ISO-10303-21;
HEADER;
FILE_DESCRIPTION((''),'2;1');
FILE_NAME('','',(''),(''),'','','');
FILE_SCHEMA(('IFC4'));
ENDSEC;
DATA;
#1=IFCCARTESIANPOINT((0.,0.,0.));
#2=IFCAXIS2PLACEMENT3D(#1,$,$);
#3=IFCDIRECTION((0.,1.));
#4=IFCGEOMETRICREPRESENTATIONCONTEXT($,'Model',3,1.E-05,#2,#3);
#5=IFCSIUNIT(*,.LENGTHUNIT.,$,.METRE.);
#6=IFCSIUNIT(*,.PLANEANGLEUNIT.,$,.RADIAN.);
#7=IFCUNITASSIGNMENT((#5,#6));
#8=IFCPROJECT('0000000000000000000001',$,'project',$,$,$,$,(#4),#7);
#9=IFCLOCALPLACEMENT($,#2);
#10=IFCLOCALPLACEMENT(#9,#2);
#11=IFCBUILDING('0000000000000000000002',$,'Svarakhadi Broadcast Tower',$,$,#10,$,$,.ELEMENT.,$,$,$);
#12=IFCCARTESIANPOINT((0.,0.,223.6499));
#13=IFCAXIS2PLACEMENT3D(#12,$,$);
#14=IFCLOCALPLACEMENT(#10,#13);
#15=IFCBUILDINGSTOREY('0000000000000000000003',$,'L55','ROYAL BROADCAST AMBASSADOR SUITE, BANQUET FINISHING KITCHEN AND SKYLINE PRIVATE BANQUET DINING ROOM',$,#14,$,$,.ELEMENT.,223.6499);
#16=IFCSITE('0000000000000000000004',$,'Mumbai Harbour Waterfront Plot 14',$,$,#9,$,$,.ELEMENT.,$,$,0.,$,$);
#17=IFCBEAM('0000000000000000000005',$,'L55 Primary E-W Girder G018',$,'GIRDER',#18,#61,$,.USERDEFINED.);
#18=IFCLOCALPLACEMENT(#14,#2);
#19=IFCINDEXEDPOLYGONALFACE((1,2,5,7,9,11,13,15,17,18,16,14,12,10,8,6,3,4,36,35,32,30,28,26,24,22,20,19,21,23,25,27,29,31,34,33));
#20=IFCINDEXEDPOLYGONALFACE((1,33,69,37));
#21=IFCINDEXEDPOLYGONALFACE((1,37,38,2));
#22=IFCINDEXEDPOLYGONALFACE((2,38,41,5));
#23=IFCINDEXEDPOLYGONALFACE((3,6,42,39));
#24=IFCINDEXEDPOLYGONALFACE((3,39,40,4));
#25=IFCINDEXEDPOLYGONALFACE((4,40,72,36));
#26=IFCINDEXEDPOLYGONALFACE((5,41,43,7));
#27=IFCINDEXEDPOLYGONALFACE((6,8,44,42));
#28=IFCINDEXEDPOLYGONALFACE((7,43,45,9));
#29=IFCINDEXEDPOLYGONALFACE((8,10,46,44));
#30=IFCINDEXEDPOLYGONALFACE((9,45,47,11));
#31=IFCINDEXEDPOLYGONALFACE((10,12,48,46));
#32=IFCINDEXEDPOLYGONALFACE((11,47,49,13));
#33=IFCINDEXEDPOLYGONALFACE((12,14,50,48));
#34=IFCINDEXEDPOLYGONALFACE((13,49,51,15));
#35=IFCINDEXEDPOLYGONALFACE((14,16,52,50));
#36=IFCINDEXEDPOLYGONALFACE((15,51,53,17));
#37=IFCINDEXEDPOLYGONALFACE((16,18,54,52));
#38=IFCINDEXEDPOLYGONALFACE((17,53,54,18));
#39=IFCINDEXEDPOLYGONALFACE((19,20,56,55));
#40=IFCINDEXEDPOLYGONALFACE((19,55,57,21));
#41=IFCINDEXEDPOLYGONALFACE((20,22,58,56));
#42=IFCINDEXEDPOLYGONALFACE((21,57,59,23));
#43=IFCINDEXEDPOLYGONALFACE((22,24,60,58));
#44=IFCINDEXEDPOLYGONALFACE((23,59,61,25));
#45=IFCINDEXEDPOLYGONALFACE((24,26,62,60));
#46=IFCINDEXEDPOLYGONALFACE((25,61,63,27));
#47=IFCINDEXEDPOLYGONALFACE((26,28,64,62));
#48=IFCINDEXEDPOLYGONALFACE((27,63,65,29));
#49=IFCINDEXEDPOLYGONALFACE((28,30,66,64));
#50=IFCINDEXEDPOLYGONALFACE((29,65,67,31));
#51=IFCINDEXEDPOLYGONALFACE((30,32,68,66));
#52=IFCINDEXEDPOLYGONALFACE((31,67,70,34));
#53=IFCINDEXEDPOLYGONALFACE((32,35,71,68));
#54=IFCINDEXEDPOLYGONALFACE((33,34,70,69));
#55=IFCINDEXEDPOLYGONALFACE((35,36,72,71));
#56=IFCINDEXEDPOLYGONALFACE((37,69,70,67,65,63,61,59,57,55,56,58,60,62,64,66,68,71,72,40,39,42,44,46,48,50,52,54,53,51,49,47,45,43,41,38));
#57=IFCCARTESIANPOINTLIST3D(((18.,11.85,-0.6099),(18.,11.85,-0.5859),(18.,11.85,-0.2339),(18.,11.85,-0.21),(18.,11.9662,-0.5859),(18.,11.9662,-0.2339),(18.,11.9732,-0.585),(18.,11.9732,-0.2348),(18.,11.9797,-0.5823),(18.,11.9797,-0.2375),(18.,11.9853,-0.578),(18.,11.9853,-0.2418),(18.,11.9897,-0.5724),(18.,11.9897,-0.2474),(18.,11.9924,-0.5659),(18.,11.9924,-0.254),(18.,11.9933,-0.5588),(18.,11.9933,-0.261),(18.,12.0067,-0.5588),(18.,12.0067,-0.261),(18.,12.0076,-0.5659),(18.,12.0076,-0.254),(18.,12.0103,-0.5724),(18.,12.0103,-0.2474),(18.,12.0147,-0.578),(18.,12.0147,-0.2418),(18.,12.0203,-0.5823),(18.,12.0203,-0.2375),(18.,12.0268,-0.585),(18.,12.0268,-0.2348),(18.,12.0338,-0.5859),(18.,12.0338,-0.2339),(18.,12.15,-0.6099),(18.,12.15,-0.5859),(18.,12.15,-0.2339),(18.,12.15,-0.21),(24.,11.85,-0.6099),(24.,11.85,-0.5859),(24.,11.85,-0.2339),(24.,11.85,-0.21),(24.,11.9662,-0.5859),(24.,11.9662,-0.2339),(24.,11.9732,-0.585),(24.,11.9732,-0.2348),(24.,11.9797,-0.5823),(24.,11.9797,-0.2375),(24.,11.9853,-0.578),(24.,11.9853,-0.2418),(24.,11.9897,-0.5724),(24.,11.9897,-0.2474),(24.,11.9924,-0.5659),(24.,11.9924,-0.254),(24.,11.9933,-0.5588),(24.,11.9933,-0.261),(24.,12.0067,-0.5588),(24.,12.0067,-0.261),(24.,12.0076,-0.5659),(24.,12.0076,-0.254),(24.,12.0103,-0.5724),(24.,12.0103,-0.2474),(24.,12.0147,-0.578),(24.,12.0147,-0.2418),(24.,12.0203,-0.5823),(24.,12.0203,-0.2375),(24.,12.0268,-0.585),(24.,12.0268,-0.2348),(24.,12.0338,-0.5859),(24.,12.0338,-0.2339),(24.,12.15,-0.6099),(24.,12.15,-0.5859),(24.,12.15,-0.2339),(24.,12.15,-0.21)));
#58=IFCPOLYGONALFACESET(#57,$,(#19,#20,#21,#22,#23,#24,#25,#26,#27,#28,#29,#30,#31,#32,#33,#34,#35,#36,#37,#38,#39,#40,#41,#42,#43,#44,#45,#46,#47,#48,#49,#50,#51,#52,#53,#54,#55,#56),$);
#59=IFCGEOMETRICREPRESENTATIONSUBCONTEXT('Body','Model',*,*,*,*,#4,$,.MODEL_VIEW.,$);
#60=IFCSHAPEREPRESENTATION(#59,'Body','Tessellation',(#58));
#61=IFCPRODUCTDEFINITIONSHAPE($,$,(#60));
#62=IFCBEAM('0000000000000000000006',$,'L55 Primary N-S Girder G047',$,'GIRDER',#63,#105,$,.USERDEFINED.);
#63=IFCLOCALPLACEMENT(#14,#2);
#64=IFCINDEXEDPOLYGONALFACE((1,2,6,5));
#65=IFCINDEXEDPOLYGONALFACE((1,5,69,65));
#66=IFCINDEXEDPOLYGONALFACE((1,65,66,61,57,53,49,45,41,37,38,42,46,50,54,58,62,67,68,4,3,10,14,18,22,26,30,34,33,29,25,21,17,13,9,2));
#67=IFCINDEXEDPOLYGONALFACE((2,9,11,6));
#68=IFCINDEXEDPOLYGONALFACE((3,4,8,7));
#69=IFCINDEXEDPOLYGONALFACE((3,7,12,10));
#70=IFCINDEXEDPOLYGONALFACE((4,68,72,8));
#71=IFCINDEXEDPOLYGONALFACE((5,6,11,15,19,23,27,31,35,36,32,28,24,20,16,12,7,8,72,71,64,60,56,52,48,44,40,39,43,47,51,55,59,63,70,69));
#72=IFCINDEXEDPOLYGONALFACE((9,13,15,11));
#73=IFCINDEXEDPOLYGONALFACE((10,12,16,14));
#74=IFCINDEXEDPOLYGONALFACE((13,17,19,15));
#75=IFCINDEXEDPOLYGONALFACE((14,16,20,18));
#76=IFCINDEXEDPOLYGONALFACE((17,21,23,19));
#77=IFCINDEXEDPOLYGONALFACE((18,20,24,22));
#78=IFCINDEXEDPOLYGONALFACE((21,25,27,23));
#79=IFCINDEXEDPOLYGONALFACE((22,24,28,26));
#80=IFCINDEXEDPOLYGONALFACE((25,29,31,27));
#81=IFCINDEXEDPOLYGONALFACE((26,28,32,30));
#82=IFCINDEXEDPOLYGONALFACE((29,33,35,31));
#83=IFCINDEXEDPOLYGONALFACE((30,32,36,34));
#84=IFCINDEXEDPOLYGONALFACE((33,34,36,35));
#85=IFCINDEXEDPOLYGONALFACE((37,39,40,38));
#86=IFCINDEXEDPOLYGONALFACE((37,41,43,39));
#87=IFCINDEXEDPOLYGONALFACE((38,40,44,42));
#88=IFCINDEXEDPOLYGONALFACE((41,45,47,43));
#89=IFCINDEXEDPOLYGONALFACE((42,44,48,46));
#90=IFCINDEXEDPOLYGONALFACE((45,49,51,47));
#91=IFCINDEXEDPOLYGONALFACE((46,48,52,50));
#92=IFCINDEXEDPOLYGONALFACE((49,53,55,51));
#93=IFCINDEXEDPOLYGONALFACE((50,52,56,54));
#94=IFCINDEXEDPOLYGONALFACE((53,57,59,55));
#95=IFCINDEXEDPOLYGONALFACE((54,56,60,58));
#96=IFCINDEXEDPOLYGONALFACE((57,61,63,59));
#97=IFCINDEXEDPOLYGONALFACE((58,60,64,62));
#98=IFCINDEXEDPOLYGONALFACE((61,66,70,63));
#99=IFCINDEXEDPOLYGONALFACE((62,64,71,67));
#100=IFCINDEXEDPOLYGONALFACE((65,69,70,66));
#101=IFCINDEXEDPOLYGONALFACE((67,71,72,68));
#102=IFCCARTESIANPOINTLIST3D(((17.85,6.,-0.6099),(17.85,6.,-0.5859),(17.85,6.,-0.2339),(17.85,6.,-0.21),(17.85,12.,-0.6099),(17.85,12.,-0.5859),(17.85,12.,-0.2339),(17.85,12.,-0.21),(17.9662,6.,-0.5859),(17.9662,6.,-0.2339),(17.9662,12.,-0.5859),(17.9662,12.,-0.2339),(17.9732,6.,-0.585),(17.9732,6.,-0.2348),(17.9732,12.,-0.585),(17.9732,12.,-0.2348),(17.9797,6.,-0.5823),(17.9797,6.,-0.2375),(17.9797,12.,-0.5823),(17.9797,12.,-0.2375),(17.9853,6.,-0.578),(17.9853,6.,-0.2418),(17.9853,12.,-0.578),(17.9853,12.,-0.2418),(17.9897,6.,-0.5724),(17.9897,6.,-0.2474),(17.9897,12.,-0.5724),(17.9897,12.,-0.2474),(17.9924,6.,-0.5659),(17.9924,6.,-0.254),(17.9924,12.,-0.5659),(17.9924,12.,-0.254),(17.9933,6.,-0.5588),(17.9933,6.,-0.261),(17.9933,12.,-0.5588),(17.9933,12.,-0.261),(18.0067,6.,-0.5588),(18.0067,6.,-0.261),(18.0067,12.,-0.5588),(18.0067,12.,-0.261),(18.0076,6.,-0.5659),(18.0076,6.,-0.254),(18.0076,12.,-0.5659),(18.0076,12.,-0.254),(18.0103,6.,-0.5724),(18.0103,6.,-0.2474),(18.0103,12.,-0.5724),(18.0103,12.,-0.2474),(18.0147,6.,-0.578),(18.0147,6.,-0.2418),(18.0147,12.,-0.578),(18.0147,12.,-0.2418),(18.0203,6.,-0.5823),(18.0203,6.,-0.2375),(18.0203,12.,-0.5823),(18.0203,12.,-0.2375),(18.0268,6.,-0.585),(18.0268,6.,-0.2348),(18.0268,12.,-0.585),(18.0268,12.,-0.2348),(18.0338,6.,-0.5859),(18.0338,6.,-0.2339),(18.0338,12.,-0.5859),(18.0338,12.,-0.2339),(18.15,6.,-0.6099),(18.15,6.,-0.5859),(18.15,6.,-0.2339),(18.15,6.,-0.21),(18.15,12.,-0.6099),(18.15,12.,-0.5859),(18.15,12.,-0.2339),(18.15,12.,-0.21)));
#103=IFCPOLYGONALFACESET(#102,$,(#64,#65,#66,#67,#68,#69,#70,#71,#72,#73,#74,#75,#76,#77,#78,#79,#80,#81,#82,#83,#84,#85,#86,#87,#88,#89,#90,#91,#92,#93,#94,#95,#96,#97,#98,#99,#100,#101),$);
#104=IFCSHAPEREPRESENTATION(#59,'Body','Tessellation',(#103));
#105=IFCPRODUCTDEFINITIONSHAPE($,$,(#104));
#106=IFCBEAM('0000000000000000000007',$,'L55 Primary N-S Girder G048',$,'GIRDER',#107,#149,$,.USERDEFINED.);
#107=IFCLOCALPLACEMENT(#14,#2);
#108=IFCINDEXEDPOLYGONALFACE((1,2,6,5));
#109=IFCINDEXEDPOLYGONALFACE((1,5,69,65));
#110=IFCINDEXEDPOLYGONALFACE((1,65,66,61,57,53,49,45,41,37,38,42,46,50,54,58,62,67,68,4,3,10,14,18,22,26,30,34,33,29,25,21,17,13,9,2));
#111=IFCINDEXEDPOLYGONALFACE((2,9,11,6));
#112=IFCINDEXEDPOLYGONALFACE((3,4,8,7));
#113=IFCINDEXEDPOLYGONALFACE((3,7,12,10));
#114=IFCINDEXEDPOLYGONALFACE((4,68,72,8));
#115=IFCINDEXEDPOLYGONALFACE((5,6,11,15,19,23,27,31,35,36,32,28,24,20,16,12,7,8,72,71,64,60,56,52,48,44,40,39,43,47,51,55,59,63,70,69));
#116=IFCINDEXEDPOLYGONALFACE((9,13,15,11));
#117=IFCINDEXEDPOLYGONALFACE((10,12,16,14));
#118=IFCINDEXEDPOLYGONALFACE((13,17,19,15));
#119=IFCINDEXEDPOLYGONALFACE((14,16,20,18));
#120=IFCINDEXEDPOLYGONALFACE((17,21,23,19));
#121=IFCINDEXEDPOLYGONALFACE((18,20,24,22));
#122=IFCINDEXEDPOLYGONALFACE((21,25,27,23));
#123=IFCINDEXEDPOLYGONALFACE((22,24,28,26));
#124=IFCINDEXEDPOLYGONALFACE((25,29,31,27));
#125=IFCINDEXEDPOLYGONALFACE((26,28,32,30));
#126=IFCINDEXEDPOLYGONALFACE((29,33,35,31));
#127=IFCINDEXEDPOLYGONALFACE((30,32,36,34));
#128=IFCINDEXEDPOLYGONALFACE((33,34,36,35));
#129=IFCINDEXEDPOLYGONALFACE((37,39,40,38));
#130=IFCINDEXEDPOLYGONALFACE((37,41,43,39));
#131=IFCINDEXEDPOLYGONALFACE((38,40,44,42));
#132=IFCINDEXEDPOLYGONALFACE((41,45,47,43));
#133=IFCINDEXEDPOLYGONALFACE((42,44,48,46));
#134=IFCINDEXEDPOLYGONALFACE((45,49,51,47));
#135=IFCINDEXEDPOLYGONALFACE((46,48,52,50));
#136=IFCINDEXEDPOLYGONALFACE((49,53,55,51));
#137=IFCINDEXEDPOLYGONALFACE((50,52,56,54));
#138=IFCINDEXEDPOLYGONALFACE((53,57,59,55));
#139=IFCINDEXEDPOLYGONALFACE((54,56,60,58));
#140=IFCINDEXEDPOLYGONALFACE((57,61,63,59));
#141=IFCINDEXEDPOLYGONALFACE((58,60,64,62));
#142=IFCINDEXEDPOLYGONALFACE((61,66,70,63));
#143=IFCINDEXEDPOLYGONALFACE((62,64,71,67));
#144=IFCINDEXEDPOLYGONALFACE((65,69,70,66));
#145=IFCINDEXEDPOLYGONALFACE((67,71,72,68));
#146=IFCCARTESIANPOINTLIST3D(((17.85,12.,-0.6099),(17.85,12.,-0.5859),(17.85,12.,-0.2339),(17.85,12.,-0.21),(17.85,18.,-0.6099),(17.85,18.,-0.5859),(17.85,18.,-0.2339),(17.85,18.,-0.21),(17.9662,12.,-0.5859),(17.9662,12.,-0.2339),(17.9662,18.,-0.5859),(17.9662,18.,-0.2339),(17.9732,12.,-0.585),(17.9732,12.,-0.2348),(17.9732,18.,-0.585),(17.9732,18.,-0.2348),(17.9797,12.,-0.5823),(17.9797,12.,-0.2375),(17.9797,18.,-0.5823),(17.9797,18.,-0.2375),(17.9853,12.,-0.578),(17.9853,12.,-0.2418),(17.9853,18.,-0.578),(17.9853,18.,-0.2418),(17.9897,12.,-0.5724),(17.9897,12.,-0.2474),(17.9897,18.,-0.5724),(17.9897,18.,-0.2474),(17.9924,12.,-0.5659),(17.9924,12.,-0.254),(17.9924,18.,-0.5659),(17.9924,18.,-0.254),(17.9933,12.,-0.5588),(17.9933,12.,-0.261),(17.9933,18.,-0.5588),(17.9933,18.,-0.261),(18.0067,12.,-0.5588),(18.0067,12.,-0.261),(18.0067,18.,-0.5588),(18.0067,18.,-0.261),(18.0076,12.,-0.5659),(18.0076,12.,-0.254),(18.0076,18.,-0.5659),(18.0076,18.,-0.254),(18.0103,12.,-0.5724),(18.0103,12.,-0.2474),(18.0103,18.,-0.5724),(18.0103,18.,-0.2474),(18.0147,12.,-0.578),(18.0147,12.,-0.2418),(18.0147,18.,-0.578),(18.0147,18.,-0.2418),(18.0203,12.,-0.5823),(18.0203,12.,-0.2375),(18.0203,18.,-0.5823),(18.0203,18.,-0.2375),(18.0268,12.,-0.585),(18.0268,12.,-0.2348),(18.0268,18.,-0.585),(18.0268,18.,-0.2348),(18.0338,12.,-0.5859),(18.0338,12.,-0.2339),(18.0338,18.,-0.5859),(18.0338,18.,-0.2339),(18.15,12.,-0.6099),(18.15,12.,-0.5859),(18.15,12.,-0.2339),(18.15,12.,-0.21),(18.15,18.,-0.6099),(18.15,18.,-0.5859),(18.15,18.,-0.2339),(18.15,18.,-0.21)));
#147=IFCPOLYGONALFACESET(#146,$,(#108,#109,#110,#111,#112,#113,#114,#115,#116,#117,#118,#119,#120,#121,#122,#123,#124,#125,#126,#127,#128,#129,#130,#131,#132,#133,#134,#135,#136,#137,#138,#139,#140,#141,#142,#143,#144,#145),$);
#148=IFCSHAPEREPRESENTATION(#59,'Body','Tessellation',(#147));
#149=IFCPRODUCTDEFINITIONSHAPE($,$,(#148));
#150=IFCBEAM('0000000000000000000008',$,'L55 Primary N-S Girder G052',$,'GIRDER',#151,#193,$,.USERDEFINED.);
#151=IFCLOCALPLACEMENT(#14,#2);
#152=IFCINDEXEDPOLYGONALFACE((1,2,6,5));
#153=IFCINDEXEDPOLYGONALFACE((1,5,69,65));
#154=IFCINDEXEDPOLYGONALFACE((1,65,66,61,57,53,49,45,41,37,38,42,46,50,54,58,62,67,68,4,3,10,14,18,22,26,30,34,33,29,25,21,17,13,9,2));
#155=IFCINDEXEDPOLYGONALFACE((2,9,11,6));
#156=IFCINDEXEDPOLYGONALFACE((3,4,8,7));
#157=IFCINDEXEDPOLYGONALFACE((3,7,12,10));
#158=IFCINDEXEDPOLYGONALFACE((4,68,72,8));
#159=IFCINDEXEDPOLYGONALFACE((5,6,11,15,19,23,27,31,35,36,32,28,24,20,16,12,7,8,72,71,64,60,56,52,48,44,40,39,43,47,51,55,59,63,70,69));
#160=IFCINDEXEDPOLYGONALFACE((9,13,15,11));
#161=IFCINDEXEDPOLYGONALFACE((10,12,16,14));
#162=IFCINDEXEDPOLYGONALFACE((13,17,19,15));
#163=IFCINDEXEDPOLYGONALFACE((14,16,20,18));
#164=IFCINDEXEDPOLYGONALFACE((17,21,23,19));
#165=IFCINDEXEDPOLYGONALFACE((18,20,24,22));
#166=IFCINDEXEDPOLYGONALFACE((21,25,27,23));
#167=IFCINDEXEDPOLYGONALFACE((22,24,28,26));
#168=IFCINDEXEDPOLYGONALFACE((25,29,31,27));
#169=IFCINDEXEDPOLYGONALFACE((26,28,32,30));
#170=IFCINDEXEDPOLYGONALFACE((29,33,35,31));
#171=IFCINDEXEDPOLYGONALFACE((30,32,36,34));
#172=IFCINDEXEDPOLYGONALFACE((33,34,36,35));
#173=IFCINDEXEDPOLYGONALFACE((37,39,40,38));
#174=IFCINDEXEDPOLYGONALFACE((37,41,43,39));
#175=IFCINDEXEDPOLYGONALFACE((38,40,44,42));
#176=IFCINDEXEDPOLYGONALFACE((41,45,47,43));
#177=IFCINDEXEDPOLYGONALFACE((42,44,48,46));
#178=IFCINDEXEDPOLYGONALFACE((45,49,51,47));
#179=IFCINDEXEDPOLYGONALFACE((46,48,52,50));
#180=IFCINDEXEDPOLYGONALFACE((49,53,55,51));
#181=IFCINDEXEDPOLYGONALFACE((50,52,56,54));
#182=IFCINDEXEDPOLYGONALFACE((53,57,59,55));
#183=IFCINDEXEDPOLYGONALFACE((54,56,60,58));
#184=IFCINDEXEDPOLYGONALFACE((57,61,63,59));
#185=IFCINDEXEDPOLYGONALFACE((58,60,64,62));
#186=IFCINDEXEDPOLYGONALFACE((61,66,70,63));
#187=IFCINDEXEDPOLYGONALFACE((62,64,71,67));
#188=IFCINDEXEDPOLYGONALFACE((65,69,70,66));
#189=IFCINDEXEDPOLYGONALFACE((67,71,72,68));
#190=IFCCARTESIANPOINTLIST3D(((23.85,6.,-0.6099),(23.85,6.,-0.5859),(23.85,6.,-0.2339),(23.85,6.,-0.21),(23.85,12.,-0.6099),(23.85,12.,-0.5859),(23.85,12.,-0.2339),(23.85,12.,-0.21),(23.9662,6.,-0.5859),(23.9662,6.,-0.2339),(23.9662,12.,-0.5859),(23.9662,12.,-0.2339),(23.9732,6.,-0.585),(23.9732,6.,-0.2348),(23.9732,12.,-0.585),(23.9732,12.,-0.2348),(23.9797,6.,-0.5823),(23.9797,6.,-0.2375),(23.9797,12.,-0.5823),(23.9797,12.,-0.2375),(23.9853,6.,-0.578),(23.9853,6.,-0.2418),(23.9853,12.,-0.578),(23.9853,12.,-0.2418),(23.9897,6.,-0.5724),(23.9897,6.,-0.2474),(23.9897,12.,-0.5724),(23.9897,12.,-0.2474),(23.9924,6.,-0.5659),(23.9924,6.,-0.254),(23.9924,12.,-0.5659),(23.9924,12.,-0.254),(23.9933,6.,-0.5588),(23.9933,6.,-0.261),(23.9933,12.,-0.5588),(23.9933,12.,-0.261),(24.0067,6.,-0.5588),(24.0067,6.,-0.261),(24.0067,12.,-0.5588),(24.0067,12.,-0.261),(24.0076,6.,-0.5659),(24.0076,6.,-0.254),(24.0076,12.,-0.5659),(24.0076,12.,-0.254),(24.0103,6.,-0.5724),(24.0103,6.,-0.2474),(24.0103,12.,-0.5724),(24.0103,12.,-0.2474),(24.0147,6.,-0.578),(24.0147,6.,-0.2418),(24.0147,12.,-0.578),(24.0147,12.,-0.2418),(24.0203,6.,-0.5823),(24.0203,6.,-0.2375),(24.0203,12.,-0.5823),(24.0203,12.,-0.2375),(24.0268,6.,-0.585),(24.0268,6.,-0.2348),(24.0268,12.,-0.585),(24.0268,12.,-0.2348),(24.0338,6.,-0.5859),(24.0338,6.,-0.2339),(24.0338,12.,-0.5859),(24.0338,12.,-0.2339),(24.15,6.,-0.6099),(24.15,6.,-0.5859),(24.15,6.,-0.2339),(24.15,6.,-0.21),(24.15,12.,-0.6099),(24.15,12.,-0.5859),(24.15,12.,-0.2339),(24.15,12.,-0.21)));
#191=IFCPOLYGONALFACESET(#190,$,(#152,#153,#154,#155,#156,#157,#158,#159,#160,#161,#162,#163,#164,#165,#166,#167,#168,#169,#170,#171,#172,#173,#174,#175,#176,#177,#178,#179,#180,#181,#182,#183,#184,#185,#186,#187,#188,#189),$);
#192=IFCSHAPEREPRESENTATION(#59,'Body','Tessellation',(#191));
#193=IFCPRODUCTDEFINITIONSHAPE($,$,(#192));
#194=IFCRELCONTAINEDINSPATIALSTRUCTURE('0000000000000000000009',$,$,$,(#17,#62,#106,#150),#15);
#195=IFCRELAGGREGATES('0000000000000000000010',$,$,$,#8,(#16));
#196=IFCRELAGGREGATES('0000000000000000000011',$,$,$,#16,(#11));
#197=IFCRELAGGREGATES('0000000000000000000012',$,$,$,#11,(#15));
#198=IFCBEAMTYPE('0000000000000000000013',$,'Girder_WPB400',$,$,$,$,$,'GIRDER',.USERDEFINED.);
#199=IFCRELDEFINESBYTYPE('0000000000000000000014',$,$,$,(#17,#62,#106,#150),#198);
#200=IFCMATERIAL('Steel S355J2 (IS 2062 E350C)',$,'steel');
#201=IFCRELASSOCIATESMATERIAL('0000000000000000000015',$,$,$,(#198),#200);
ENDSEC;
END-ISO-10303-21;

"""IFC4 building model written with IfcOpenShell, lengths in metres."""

from ifc_helpers import new_model, si_unit, direction, frame, origin, origin_2d, place, context, subcontext, project, spatial, i_section, extrude, material, material_profile, profile_set, type_object, element, save


model = new_model("IFC4")

# Units and contexts
model_context = context("Model", 3, precision=1e-05, world=origin(), true_north=direction((0.0, 1.0)))
body_context = subcontext(model_context, "Body", "Model", "MODEL_VIEW")
ifc_project = project(units=[si_unit("LENGTHUNIT", "METRE"), si_unit("PLANEANGLEUNIT", "RADIAN")], contexts=[model_context])

# Site, building, storey
site_placement = place(None, origin())
site = spatial("IfcSite", under=ifc_project, at=site_placement, Name="Mumbai Harbour Waterfront Plot 14", CompositionType="ELEMENT", RefElevation=0.0)
building_placement = place(site_placement, origin())
building = spatial("IfcBuilding", under=site, at=building_placement, Name="Svarakhadi Broadcast Tower", CompositionType="ELEMENT")
storey_placement = place(building_placement, frame((0.0, 0.0, 223.6499)))
storey = spatial("IfcBuildingStorey", under=building, at=storey_placement, Name="L55", Description="ROYAL BROADCAST AMBASSADOR SUITE, BANQUET FINISHING KITCHEN AND SKYLINE PRIVATE BANQUET DINING ROOM", CompositionType="ELEMENT", Elevation=223.6499)

# Beams
ifc_material_1 = material(Name="Steel S355J2 (IS 2062 E350C)", Category="steel")
ifc_material_profile_1 = material_profile(ifc_material_1, i_section(OverallWidth=0.3, OverallDepth=0.3999, WebThickness=0.0134, FlangeThickness=0.0239, FilletRadius=0.0271, at=origin_2d()), Name="WPB 400x300x155")
ifc_profile_set_1 = profile_set([ifc_material_profile_1], Name="Steel S355J2 (IS 2062 E350C)")
beam_type_1 = type_object("IfcBeamType", Name="Girder_WPB400", ElementType="GIRDER", PredefinedType="USERDEFINED", material=ifc_profile_set_1)
for number, where, z_axis, x_axis, name in (
    (1, (18.0, 12.0, -0.4099), (1.0, 0.0, 0.0), (0.0, 1.0, 0.0), "L55 Primary E-W Girder G018"),
    (2, (18.0, 6.0, -0.4099), (0.0, 1.0, 0.0), (-1.0, 0.0, 0.0), "L55 Primary N-S Girder G047"),
    (3, (18.0, 12.0, -0.4099), (0.0, 1.0, 0.0), (-1.0, 0.0, 0.0), "L55 Primary N-S Girder G048"),
    (4, (24.0, 6.0, -0.4099), (0.0, 1.0, 0.0), (-1.0, 0.0, 0.0), "L55 Primary N-S Girder G052"),
):
    element("IfcBeam", number, at=place(storey_placement, frame(where, z_axis=z_axis, x_axis=x_axis)), inside=storey, type_object=beam_type_1, Name=name, ObjectType="GIRDER", PredefinedType="USERDEFINED", context=body_context, shape_type="SweptSolid", body=[
        extrude(i_section(OverallWidth=0.3, OverallDepth=0.3999, WebThickness=0.0134, FlangeThickness=0.0239, FilletRadius=0.0271, at=origin_2d()), origin(), (0.0, 0.0, 1.0), 6.0),
    ])

save(model, "model.ifc")
